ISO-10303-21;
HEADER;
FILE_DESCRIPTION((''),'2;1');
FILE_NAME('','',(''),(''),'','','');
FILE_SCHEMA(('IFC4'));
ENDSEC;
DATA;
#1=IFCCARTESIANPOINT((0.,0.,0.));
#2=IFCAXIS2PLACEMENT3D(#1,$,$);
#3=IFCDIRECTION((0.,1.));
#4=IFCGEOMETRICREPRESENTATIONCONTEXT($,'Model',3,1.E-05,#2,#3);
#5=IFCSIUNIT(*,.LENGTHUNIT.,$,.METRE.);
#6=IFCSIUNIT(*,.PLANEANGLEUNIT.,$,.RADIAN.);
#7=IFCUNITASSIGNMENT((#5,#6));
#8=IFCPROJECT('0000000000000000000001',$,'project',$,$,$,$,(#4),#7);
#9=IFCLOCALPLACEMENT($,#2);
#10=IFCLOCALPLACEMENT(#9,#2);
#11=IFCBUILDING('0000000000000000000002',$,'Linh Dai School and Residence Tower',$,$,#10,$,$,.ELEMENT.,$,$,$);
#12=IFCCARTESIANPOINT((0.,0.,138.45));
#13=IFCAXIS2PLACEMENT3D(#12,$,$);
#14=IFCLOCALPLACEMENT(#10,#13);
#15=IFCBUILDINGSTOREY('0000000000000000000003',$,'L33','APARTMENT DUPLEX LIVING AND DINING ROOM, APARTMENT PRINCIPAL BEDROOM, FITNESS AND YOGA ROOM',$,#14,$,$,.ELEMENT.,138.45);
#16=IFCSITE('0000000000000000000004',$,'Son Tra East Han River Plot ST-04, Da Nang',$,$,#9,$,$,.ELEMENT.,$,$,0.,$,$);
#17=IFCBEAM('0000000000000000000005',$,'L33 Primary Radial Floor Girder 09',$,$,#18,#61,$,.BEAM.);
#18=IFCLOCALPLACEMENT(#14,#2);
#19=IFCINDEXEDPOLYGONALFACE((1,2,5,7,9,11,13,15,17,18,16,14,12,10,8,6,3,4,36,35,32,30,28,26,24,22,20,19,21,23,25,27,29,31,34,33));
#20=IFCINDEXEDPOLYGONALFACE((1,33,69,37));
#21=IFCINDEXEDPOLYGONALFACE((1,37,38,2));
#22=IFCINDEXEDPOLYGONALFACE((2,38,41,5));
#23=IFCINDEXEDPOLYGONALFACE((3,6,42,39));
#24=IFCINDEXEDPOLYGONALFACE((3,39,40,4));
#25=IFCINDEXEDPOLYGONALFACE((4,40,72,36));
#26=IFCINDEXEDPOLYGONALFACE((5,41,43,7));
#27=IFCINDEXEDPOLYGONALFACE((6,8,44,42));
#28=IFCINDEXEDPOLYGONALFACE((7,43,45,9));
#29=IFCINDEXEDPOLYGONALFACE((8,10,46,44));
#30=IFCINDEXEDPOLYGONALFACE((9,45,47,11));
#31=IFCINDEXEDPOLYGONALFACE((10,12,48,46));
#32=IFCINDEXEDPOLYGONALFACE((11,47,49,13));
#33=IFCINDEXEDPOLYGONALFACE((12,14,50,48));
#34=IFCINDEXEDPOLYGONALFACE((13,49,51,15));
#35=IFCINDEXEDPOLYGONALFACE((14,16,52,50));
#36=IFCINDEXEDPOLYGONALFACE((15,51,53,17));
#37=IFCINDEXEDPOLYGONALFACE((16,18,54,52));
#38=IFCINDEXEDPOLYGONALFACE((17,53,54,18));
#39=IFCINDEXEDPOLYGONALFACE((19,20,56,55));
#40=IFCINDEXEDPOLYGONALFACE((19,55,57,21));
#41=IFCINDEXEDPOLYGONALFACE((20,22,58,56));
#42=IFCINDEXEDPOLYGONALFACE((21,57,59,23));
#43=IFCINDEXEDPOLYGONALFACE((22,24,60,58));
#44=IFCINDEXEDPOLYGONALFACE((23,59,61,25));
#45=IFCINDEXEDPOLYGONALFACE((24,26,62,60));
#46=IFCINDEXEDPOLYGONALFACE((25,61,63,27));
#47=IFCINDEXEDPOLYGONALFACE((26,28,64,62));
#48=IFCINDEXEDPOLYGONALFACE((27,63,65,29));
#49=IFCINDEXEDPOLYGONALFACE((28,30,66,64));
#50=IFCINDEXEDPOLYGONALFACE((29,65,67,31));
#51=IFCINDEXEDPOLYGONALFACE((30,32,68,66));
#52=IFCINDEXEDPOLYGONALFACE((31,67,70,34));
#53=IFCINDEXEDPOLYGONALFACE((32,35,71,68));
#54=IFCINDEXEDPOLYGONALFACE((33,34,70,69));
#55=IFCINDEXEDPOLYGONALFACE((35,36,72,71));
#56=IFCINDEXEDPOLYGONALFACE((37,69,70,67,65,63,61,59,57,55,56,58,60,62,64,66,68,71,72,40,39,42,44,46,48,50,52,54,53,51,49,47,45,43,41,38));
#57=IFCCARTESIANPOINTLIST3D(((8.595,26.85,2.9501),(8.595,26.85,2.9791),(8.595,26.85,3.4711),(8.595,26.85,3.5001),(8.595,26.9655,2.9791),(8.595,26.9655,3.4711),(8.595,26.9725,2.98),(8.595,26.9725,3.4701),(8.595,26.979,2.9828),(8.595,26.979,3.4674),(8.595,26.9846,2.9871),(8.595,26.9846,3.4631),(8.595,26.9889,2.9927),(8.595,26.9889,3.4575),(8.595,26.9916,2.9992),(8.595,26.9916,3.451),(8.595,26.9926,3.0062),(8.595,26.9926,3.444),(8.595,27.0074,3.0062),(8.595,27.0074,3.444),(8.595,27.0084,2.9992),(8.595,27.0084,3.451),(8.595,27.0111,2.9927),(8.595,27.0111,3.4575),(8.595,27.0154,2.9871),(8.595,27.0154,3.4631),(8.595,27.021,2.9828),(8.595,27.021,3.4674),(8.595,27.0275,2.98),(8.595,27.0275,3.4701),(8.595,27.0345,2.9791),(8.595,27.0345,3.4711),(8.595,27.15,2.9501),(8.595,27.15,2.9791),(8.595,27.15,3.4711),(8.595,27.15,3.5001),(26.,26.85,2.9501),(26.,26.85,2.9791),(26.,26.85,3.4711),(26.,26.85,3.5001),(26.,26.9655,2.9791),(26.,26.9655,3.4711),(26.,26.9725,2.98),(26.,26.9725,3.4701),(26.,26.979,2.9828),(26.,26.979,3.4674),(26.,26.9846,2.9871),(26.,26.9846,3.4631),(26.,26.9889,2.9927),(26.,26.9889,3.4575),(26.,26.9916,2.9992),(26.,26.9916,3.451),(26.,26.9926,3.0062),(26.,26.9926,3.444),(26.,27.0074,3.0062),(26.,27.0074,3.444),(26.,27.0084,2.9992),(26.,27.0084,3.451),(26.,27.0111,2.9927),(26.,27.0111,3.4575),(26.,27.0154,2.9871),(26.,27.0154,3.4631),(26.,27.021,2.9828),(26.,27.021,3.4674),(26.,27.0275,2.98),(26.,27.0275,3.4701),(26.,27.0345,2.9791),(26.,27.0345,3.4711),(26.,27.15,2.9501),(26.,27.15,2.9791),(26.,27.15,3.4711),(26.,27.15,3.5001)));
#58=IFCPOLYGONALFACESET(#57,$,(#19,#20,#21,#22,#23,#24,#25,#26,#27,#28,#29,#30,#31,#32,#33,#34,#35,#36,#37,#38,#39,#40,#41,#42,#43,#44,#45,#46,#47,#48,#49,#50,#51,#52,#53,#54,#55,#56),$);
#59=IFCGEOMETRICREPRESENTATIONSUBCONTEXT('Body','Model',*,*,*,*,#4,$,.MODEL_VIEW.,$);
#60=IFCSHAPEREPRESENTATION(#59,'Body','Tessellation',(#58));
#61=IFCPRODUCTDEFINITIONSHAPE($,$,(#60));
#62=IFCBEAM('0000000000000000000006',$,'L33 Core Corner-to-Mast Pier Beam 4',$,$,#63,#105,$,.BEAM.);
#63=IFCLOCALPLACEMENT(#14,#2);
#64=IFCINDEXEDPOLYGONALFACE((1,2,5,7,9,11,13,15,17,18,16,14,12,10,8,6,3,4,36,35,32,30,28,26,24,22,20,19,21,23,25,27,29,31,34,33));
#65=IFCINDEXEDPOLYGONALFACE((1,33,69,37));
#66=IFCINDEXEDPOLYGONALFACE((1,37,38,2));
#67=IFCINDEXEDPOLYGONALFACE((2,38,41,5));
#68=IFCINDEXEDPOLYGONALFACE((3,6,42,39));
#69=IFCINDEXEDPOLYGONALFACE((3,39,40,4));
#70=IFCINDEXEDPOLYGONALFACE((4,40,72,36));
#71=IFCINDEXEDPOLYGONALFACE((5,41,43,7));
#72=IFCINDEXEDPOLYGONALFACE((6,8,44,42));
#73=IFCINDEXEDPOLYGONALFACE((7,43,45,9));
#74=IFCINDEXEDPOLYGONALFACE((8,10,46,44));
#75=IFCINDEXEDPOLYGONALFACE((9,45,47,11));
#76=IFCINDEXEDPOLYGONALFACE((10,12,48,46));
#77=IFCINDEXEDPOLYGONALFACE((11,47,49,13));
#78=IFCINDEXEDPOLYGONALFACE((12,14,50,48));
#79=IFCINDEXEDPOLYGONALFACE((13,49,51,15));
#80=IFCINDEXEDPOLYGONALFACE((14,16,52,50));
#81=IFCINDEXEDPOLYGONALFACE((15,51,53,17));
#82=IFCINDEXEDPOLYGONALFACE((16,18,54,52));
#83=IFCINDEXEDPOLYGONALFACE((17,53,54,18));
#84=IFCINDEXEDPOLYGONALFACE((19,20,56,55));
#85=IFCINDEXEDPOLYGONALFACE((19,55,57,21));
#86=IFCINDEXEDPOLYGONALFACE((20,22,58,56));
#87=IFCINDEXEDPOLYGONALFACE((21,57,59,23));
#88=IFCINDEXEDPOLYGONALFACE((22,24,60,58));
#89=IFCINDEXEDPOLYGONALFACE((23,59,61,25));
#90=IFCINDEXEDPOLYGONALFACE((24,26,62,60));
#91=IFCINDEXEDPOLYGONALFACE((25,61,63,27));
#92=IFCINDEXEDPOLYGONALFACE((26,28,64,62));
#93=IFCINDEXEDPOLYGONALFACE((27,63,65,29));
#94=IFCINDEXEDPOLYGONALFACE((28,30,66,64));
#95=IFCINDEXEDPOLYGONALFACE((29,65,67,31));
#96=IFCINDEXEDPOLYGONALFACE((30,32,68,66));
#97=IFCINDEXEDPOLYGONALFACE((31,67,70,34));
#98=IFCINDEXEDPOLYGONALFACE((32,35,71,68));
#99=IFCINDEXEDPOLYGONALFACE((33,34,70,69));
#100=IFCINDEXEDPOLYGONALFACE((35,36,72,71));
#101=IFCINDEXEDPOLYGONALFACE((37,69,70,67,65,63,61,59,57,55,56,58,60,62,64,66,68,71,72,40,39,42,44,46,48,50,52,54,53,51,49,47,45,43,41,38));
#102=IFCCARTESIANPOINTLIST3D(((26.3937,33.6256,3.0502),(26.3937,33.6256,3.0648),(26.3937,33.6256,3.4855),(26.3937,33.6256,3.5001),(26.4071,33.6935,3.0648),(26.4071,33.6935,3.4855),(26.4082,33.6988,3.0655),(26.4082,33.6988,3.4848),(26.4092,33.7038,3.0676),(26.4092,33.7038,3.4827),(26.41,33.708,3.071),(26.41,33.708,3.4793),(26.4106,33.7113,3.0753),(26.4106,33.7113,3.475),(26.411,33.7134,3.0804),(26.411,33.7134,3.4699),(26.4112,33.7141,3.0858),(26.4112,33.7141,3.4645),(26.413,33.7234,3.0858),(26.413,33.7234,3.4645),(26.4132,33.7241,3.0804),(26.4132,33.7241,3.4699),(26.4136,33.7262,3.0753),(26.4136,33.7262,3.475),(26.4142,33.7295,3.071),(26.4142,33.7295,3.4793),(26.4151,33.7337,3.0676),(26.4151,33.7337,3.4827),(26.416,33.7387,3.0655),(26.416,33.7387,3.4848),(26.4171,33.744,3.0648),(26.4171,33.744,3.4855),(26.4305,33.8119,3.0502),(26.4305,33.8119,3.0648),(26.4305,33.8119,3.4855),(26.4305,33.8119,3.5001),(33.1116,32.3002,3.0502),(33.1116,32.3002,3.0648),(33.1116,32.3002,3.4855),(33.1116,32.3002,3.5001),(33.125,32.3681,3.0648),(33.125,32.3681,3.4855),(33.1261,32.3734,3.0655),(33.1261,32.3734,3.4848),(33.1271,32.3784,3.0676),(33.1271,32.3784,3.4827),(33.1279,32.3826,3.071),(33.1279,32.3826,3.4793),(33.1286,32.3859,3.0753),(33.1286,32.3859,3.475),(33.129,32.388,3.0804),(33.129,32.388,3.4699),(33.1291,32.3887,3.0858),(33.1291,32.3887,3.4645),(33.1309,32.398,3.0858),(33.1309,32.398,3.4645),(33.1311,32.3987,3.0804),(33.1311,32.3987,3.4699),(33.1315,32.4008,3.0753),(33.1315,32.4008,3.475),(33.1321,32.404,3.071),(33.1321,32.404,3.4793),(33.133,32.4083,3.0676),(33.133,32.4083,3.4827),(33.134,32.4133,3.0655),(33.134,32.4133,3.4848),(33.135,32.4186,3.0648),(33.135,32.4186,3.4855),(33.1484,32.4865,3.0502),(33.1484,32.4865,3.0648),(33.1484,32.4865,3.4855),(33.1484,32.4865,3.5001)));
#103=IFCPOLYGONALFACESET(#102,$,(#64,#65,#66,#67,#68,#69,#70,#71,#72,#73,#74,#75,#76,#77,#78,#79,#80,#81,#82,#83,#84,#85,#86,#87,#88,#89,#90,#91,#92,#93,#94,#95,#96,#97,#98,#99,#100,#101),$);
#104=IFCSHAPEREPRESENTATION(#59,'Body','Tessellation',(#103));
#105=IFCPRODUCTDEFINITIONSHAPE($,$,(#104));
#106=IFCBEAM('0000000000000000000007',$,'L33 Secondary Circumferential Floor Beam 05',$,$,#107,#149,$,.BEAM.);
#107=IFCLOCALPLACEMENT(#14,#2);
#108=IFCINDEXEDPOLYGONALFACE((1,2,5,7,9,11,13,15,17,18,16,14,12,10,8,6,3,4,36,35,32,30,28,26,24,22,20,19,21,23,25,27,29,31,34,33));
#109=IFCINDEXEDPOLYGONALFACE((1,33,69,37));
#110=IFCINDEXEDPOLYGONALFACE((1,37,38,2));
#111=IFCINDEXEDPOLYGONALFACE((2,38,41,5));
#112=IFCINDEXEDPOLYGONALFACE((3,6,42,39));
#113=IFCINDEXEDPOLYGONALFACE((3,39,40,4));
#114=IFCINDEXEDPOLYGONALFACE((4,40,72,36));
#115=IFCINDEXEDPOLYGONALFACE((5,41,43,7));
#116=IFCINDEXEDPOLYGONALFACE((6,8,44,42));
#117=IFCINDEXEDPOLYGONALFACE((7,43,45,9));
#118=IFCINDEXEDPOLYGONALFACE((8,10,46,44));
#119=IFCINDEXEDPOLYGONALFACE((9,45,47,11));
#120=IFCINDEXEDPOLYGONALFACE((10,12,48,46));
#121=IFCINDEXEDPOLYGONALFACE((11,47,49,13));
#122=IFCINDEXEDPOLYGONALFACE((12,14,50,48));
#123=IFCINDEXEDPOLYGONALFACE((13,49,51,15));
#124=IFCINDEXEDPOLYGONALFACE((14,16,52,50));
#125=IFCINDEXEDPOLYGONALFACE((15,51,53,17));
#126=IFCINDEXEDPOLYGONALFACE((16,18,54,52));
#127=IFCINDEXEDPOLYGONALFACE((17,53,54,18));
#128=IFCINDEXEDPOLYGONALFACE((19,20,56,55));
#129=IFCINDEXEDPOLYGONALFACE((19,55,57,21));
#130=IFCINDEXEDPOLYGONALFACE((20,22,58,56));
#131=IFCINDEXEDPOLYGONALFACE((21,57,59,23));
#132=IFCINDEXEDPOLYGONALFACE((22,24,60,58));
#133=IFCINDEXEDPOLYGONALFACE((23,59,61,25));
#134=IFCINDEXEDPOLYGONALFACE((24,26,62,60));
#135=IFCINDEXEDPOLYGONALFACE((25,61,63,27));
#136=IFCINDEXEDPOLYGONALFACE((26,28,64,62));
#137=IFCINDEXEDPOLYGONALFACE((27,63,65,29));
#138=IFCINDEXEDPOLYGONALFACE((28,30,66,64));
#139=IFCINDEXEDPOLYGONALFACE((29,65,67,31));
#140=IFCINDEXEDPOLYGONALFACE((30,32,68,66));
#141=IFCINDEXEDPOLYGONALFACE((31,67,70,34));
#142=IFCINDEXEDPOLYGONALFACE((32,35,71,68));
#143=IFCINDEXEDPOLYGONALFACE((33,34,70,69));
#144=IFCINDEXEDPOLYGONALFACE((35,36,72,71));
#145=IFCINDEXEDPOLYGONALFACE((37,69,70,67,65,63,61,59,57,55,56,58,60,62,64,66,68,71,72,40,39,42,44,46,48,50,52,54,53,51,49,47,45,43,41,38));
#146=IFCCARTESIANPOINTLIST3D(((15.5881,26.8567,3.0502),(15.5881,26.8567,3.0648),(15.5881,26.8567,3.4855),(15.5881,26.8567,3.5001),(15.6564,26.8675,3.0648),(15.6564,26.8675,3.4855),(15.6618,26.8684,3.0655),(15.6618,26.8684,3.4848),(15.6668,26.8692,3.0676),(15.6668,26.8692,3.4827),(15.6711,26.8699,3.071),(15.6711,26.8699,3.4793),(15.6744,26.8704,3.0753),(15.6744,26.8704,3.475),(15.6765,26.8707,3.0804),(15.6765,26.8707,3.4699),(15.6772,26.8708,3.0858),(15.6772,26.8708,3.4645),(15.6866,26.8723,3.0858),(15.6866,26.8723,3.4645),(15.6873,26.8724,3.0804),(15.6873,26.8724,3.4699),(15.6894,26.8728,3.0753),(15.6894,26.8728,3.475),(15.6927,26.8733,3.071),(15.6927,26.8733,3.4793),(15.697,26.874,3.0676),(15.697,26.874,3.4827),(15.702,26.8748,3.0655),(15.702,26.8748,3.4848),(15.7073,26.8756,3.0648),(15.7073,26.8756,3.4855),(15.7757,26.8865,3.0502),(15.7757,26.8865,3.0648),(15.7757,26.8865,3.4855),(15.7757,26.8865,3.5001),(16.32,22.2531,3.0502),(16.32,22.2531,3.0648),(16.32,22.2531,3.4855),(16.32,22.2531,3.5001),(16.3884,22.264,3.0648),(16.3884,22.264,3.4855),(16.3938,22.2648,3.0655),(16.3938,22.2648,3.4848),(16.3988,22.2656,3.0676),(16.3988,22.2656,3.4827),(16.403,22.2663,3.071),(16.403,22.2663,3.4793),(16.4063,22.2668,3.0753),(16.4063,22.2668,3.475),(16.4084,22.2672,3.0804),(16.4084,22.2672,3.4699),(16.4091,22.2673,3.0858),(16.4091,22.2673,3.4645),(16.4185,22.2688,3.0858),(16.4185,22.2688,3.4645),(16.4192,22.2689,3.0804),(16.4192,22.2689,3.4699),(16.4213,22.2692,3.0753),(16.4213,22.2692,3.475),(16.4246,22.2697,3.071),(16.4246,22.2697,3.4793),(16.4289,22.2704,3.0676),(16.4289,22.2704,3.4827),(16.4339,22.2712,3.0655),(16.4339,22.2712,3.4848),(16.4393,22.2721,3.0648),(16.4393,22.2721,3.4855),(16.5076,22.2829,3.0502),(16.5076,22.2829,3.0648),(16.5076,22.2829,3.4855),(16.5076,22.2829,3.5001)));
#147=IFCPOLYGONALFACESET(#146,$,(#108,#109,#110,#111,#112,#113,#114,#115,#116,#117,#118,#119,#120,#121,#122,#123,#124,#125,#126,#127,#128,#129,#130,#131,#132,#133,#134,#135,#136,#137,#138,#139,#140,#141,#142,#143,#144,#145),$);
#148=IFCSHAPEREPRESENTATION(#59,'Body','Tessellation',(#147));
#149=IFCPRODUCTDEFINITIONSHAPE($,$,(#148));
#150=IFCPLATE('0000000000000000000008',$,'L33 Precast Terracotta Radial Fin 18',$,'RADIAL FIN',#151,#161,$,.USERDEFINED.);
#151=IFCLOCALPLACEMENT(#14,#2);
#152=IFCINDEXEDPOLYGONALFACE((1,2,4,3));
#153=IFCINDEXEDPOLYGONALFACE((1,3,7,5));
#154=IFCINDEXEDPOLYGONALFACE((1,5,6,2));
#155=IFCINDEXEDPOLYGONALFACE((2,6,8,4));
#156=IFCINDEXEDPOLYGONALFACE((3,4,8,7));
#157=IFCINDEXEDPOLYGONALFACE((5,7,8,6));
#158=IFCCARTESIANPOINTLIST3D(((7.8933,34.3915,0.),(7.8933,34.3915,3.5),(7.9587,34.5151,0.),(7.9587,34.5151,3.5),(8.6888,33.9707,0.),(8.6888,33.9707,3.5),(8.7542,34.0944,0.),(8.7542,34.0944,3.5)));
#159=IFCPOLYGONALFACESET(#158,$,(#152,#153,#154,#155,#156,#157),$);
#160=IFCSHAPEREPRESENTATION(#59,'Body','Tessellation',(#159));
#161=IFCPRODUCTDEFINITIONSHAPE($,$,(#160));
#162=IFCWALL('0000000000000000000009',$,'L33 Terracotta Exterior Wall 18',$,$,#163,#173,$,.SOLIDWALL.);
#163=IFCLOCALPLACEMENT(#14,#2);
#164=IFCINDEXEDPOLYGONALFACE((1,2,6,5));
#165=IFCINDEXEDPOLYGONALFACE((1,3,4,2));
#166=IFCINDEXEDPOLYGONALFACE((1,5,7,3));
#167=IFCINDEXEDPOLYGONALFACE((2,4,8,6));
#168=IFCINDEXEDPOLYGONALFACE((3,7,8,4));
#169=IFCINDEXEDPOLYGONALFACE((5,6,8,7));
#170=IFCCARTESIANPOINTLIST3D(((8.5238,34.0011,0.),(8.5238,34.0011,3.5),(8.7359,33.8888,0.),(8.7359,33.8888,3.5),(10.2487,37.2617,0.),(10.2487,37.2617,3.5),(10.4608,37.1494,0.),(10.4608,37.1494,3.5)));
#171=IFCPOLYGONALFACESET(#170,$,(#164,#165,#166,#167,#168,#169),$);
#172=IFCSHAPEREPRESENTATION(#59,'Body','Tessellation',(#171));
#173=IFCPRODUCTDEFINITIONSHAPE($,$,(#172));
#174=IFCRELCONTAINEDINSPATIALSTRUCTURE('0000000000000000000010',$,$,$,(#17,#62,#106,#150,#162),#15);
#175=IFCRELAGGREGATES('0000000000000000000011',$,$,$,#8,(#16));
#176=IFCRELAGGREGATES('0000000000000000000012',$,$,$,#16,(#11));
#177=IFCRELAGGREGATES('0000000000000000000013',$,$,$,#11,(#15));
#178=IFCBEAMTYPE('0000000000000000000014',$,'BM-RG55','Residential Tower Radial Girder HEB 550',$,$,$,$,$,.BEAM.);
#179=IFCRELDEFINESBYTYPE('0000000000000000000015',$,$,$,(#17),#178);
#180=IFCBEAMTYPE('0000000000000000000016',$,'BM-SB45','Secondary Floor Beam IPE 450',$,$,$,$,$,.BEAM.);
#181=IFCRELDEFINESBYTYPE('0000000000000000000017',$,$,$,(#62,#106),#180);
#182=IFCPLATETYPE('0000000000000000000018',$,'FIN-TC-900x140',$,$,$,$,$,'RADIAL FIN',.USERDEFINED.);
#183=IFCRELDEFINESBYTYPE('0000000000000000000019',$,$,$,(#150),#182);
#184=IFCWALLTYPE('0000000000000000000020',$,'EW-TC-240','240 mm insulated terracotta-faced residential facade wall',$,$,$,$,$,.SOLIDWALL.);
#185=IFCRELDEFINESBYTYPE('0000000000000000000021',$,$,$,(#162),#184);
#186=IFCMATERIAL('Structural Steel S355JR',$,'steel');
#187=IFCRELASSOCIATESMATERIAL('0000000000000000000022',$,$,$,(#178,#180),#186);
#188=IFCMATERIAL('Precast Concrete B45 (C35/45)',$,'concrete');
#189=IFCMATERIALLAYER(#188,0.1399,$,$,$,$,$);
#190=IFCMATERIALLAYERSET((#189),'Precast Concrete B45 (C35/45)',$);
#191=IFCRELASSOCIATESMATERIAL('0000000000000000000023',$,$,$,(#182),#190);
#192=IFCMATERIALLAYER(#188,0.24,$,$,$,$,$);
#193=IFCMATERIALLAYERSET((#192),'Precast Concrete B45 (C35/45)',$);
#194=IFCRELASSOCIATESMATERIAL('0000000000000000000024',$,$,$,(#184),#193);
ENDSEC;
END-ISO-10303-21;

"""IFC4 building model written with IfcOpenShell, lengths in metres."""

from ifc_helpers import new_model, si_unit, direction, frame, frame_2d, origin, origin_2d, place, context, subcontext, project, spatial, rectangle, i_section, extrude, source, transform, mapped, material, layer, layer_set, material_profile, profile_set, type_object, element, save


model = new_model("IFC4")

# Units and contexts
model_context = context("Model", 3, precision=1e-05, world=origin(), true_north=direction((0.0, 1.0)))
body_context = subcontext(model_context, "Body", "Model", "MODEL_VIEW")
ifc_project = project(units=[si_unit("LENGTHUNIT", "METRE"), si_unit("PLANEANGLEUNIT", "RADIAN")], contexts=[model_context])

# Site, building, storey
site_placement = place(None, origin())
site = spatial("IfcSite", under=ifc_project, at=site_placement, Name="Son Tra East Han River Plot ST-04, Da Nang", CompositionType="ELEMENT", RefElevation=0.0)
building_placement = place(site_placement, origin())
building = spatial("IfcBuilding", under=site, at=building_placement, Name="Linh Dai School and Residence Tower", CompositionType="ELEMENT")
storey_placement = place(building_placement, frame((0.0, 0.0, 138.45)))
storey = spatial("IfcBuildingStorey", under=building, at=storey_placement, Name="L33", Description="APARTMENT DUPLEX LIVING AND DINING ROOM, APARTMENT PRINCIPAL BEDROOM, FITNESS AND YOGA ROOM", CompositionType="ELEMENT", Elevation=138.45)

# Shared definitions
ifc_material_1 = material(Name="Structural Steel S355JR", Category="steel")

# Beams
ifc_material_profile_1 = material_profile(ifc_material_1, i_section(OverallWidth=0.3, OverallDepth=0.55, WebThickness=0.0149, FlangeThickness=0.0291, FilletRadius=0.0271, at=origin_2d()), Name="HEB 550")
ifc_profile_set_1 = profile_set([ifc_material_profile_1], Name="Structural Steel S355JR")
beam_type_1 = type_object("IfcBeamType", Name="BM-RG55", Description="Residential Tower Radial Girder HEB 550", PredefinedType="BEAM", material=ifc_profile_set_1)
beam_1_placement = place(storey_placement, frame((26.0, 27.0, 3.2251), z_axis=(-1.0, 0.0, 0.0), x_axis=(0.0, -1.0, 0.0)))
element("IfcBeam", 1, at=beam_1_placement, inside=storey, type_object=beam_type_1, Name="L33 Primary Radial Floor Girder 09", PredefinedType="BEAM", context=body_context, shape_type="SweptSolid", body=[
    extrude(i_section(OverallWidth=0.3, OverallDepth=0.55, WebThickness=0.0149, FlangeThickness=0.0291, FilletRadius=0.0271, at=origin_2d()), origin(), (0.0, 0.0, 1.0), 17.405),
])
ifc_material_profile_2 = material_profile(ifc_material_1, i_section(OverallWidth=0.1899, OverallDepth=0.45, WebThickness=0.0095, FlangeThickness=0.0146, FilletRadius=0.021, at=origin_2d()), Name="IPE 450")
ifc_profile_set_2 = profile_set([ifc_material_profile_2], Name="Structural Steel S355JR")
beam_type_2 = type_object("IfcBeamType", Name="BM-SB45", Description="Secondary Floor Beam IPE 450", PredefinedType="BEAM", material=ifc_profile_set_2)
beam_2_placement = place(storey_placement, frame((26.4121, 33.7188, 3.2751), z_axis=(0.981087, -0.193565, 0.0), x_axis=(0.193565, 0.981087, 0.0)))
element("IfcBeam", 2, at=beam_2_placement, inside=storey, type_object=beam_type_2, Name="L33 Core Corner-to-Mast Pier Beam 4", PredefinedType="BEAM", context=body_context, shape_type="SweptSolid", body=[
    extrude(i_section(OverallWidth=0.1899, OverallDepth=0.45, WebThickness=0.0095, FlangeThickness=0.0146, FilletRadius=0.021, at=origin_2d()), origin(), (0.0, 0.0, 1.0), 6.8474),
])
beam_3_placement = place(storey_placement, frame((15.6819, 26.8716, 3.2751), z_axis=(0.157022, -0.987595, 0.0), x_axis=(0.987595, 0.157022, 0.0)))
element("IfcBeam", 3, at=beam_3_placement, inside=storey, type_object=beam_type_2, Name="L33 Secondary Circumferential Floor Beam 05", PredefinedType="BEAM", context=body_context, shape_type="SweptSolid", body=[
    extrude(i_section(OverallWidth=0.1899, OverallDepth=0.45, WebThickness=0.0095, FlangeThickness=0.0146, FilletRadius=0.021, at=origin_2d()), origin(), (0.0, 0.0, 1.0), 4.6614),
])

# Plate
ifc_material_2 = material(Name="Precast Concrete B45 (C35/45)", Category="concrete")
ifc_layer_1 = layer(ifc_material_2, 0.1399)
ifc_layer_set_1 = layer_set([ifc_layer_1], Name="Precast Concrete B45 (C35/45)")
plate_type = type_object("IfcPlateType", Name="FIN-TC-900x140", ElementType="RADIAL FIN", PredefinedType="USERDEFINED", material=ifc_layer_set_1)
shared_shape_1 = source(origin(), body_context, "Body", "SweptSolid", [
    extrude(rectangle(XDim=0.8999, YDim=0.1399, at=origin_2d()), origin(), (0.0, 0.0, 1.0), 3.5),
])
plate_placement = place(storey_placement, frame((8.3237, 34.2429, 0.0), z_axis=(0.0, 0.0, 1.0), x_axis=(-0.883942, 0.467596, 0.0)))
element("IfcPlate", 4, at=plate_placement, inside=storey, type_object=plate_type, Name="L33 Precast Terracotta Radial Fin 18", ObjectType="RADIAL FIN", PredefinedType="USERDEFINED", context=body_context, shape_type="MappedRepresentation", body=[
    mapped(shared_shape_1, transform((0.0, 0.0, 0.0), x_axis=(1.0, 0.0, 0.0), y_axis=(0.0, 1.0, 0.0), z_axis=(0.0, 0.0, 1.0), scale=1.0)),
])

# Wall
ifc_layer_2 = layer(ifc_material_2, 0.24)
ifc_layer_set_2 = layer_set([ifc_layer_2], Name="Precast Concrete B45 (C35/45)")
wall_type_1 = type_object("IfcWallType", Name="EW-TC-240", Description="240 mm insulated terracotta-faced residential facade wall", PredefinedType="SOLIDWALL", material=ifc_layer_set_2)
wall_1_placement = place(storey_placement, frame((8.6299, 33.9451, 0.0), z_axis=(0.0, 0.0, 1.0), x_axis=(0.467614, 0.883933, 0.0)))
element("IfcWall", 5, at=wall_1_placement, inside=storey, type_object=wall_type_1, Name="L33 Terracotta Exterior Wall 18", PredefinedType="SOLIDWALL", context=body_context, shape_type="SweptSolid", body=[
    extrude(rectangle(XDim=3.6887, YDim=0.24, at=frame_2d((1.8442, 0.0))), origin(), (0.0, 0.0, 1.0), 3.5),
])

save(model, "model.ifc")
